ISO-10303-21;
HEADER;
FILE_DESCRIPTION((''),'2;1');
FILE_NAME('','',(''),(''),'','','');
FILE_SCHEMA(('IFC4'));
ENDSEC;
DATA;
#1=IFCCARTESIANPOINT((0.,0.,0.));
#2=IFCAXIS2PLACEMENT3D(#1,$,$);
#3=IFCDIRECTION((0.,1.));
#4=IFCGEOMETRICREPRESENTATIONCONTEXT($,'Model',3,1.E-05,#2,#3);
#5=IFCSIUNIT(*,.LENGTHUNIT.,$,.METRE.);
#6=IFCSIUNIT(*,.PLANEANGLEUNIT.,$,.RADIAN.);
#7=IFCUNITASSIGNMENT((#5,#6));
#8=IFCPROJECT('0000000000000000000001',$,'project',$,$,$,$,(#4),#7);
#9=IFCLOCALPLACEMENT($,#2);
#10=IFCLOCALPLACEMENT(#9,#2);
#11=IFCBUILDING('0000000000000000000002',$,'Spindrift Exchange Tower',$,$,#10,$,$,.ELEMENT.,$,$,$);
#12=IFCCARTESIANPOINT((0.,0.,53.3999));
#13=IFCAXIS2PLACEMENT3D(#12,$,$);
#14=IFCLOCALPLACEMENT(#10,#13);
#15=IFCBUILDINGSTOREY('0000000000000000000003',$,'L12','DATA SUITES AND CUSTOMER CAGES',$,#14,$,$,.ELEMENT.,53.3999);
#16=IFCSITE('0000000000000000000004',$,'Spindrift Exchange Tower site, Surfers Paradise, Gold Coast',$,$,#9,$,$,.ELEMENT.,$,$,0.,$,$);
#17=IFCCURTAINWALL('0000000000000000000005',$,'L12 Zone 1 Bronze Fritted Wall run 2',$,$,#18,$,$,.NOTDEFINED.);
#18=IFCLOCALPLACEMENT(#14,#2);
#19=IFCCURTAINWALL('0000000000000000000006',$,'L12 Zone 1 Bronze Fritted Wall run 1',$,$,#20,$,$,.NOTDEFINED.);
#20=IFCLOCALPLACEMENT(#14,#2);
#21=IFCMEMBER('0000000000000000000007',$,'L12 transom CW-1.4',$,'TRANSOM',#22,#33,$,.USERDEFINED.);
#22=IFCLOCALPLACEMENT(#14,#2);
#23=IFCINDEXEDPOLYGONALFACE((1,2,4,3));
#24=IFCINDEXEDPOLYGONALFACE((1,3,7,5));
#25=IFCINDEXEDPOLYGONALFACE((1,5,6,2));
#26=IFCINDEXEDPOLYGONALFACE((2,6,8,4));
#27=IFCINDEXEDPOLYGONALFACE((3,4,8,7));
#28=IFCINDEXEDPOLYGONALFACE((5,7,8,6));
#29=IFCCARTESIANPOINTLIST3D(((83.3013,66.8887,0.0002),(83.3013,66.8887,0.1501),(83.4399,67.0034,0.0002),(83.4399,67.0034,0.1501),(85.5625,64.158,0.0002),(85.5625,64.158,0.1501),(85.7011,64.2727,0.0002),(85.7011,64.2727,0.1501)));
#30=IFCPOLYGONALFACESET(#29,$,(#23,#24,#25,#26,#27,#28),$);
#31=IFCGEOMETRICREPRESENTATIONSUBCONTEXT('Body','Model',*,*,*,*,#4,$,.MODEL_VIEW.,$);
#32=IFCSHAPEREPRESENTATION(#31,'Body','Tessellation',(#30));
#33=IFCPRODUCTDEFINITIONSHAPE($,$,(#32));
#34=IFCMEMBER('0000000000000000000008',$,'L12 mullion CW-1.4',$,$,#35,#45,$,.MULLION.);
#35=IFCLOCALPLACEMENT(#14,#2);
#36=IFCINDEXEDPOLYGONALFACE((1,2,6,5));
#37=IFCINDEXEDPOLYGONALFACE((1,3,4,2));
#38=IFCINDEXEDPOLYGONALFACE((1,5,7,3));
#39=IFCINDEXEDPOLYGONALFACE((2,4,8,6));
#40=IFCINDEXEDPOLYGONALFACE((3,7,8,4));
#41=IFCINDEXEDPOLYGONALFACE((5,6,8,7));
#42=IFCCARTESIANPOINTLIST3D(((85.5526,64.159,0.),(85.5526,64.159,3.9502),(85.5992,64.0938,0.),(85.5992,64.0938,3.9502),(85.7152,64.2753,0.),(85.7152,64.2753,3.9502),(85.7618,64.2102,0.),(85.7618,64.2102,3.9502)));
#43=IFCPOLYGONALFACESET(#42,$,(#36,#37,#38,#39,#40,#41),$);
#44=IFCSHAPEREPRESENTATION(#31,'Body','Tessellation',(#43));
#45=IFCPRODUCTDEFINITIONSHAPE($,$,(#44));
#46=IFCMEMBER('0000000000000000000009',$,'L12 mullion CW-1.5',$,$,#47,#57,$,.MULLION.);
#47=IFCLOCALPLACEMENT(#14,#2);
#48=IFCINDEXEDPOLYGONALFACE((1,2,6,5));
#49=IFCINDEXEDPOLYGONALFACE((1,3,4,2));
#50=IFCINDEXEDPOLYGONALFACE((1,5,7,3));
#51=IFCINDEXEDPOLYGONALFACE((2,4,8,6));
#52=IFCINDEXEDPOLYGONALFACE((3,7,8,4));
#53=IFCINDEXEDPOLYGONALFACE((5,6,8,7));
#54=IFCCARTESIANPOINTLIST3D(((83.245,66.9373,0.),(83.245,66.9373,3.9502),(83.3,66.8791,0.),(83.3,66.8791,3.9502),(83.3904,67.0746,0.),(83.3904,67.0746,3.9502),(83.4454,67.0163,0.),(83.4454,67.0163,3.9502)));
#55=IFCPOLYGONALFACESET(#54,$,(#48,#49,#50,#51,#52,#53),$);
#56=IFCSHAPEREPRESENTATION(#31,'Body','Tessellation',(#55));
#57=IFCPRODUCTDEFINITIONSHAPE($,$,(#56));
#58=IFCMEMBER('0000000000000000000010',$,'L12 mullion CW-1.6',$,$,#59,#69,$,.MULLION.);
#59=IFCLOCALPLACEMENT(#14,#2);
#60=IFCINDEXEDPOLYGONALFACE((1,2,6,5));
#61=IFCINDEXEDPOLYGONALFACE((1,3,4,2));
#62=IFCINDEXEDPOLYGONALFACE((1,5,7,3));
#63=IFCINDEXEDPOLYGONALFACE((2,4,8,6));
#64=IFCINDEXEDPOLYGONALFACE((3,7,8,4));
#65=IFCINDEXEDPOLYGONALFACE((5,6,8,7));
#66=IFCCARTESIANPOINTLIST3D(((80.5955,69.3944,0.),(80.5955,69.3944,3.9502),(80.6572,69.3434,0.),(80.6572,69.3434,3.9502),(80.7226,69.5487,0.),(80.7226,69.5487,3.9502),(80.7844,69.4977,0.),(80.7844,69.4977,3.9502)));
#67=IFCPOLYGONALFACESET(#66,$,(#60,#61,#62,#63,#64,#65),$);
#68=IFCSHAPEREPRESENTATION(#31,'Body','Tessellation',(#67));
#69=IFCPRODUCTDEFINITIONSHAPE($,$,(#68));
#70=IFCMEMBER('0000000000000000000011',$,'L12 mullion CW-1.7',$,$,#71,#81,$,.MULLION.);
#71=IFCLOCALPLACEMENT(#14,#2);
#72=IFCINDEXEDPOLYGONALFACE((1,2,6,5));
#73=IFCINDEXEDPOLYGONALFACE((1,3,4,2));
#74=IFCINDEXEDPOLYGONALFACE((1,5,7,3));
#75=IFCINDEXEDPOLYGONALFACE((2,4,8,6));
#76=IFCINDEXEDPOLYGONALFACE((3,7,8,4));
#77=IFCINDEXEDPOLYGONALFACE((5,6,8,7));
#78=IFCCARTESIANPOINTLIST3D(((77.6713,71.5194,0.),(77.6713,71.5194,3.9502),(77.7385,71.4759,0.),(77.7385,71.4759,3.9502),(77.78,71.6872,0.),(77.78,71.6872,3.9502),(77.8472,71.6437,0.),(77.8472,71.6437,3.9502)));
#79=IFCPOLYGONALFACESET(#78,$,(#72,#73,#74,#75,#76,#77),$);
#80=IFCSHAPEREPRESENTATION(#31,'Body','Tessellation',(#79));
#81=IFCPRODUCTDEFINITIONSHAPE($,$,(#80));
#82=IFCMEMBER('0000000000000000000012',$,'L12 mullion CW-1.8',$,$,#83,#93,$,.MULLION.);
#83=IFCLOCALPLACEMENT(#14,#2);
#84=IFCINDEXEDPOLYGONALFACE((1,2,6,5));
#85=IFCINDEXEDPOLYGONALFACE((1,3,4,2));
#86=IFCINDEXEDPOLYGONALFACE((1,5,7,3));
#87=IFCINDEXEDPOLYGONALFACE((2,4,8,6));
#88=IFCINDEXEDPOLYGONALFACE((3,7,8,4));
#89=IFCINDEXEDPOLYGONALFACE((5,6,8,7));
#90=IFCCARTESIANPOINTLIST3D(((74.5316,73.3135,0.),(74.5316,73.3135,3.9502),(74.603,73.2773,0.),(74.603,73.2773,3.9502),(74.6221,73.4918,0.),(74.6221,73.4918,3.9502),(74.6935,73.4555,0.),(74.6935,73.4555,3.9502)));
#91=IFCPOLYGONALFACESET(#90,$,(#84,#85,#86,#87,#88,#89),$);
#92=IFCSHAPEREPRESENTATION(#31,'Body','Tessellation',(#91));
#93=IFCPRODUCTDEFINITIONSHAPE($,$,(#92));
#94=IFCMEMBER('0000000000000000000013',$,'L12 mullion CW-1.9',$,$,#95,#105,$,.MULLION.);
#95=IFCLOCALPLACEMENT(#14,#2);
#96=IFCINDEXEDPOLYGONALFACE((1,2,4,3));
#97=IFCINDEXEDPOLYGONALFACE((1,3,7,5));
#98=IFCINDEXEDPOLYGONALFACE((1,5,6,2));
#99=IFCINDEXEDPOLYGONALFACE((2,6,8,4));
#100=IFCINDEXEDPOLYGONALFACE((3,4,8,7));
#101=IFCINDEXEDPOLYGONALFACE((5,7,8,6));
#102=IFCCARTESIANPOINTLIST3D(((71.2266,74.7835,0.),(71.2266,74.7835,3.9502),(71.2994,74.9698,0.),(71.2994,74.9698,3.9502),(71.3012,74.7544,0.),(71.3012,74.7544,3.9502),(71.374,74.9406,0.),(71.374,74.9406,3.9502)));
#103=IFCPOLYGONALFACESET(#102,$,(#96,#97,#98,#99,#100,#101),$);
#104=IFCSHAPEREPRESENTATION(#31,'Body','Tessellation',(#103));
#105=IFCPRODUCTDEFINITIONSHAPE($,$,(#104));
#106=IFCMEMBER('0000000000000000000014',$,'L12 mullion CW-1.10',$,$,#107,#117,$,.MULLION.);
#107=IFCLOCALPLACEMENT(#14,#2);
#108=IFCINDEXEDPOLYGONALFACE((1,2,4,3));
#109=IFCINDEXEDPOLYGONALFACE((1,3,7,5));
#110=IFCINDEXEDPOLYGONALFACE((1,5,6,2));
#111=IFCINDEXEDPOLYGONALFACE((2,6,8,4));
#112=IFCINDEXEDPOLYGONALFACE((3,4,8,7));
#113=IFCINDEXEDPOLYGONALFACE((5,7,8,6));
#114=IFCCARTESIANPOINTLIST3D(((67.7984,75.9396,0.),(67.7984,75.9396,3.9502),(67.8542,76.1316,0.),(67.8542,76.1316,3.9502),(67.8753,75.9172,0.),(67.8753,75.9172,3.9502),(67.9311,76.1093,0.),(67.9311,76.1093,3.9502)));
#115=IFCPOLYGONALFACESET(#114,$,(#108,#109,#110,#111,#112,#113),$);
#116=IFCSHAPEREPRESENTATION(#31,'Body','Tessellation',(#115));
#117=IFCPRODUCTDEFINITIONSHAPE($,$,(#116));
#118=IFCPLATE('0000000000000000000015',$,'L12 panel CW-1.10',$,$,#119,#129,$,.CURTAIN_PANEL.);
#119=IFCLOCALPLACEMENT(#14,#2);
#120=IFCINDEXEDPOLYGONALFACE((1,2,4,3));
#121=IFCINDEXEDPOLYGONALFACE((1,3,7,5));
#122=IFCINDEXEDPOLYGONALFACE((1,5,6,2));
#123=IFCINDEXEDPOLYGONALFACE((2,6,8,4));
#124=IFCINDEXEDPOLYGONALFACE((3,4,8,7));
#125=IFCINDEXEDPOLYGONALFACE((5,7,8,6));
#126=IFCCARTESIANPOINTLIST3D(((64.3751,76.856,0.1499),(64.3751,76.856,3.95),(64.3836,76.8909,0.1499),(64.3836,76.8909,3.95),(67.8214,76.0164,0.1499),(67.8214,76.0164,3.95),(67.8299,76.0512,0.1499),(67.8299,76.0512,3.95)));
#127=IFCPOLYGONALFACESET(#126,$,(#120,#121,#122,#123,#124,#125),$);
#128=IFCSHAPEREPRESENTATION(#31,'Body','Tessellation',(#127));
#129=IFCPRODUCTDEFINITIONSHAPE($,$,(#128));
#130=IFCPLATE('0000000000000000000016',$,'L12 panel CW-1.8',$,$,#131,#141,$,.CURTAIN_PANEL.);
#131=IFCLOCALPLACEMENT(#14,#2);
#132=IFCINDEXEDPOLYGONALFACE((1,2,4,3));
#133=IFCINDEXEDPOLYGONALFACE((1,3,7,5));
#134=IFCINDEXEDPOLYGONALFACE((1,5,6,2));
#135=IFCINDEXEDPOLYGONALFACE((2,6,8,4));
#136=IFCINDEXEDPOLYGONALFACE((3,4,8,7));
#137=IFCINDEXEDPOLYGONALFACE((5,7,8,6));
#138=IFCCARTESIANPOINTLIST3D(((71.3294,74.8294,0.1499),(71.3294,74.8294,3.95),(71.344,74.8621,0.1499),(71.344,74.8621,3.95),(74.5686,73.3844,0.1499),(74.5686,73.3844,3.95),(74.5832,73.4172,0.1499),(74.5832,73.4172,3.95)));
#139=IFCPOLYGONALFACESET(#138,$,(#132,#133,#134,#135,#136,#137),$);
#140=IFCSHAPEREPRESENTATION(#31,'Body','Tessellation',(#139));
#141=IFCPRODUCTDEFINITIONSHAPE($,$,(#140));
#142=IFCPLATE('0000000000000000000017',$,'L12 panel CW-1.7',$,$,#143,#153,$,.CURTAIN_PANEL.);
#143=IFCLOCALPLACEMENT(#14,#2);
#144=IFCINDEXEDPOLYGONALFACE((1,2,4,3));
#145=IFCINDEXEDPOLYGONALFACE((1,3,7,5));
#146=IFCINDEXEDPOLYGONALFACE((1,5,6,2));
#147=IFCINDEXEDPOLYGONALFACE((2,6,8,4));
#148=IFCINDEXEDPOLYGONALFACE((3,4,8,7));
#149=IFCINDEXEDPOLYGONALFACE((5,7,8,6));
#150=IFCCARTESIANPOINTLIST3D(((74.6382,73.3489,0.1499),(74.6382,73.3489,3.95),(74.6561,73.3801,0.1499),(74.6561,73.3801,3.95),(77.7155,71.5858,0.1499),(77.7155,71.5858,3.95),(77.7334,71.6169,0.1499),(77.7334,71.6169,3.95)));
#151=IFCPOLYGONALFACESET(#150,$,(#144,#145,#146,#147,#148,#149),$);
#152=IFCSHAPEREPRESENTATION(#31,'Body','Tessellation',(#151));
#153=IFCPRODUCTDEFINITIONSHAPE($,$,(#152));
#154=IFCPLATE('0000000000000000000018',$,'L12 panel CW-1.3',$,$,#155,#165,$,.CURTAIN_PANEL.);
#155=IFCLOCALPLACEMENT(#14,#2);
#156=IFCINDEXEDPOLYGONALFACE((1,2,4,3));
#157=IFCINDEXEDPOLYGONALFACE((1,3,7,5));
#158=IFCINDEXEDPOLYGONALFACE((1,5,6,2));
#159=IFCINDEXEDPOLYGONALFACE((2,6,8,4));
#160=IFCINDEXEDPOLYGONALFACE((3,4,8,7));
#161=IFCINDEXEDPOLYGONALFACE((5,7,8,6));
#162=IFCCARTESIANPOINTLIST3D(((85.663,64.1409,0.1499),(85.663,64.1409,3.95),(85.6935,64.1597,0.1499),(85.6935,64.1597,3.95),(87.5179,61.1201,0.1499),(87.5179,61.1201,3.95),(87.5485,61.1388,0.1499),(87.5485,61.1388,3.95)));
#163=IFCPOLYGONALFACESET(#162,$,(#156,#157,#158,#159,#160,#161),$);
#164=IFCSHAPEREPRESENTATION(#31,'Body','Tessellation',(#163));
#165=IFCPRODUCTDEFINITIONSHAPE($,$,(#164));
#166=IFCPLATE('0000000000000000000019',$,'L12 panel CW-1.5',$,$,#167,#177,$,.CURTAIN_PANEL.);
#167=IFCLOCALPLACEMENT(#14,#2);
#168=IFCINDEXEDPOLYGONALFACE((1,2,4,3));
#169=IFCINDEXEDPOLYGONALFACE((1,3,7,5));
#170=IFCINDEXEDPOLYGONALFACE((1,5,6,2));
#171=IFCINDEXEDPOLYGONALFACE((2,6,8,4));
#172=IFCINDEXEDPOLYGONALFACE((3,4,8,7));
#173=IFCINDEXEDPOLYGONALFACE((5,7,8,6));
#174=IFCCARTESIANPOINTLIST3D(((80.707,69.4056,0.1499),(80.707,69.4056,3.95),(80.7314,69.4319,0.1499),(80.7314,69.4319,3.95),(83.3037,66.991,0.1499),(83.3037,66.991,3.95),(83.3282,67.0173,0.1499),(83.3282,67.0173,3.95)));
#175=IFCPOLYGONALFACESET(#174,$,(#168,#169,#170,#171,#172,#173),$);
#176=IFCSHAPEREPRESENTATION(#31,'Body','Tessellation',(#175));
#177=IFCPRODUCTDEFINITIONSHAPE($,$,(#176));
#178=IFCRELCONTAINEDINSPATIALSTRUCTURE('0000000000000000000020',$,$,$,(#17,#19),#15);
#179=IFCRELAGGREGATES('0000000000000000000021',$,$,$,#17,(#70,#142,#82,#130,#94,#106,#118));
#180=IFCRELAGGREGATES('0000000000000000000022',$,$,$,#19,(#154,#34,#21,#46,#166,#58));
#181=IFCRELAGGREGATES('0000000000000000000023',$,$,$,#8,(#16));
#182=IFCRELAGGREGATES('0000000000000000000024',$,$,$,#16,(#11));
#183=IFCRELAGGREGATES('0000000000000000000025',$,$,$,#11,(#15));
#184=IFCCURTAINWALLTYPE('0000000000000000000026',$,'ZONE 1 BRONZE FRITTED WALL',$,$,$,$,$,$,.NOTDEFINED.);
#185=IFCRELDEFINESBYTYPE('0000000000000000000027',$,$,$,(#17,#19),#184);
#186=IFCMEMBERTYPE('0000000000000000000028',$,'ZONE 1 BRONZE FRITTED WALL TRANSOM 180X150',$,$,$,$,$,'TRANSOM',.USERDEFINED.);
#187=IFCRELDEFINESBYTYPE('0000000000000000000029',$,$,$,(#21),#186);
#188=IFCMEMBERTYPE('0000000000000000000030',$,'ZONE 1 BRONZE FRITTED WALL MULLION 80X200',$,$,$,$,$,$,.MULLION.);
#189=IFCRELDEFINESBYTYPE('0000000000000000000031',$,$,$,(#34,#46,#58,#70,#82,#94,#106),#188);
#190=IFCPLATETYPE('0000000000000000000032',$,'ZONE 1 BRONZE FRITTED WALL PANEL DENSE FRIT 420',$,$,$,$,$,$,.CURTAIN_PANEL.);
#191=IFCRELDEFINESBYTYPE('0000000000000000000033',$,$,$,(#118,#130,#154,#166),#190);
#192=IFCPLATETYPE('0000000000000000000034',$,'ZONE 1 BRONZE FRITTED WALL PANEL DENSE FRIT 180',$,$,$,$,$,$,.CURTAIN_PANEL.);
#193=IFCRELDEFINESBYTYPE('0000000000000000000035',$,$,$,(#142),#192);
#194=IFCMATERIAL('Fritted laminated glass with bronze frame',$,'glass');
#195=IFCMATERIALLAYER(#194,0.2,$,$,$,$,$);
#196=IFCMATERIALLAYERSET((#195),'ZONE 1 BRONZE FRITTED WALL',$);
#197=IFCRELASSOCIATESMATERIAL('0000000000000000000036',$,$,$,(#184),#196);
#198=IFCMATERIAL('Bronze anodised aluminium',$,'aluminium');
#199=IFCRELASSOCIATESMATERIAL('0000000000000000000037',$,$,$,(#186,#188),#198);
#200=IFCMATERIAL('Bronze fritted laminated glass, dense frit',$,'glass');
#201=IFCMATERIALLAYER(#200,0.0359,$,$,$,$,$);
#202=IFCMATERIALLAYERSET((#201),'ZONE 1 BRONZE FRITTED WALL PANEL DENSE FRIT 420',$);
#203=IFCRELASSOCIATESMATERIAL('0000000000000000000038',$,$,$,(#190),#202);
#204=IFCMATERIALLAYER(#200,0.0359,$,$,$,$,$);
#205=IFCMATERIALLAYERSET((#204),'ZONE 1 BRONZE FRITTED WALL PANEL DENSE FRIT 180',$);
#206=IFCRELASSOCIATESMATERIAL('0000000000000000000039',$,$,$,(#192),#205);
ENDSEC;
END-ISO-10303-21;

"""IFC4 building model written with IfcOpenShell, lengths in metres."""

from ifc_helpers import new_model, si_unit, direction, frame, origin, origin_2d, place, context, subcontext, project, spatial, rectangle, extrude, source, transform, mapped, material, layer, layer_set, material_profile, profile_set, type_object, element, aggregate, save


model = new_model("IFC4")

# Units and contexts
model_context = context("Model", 3, precision=1e-05, world=origin(), true_north=direction((0.0, 1.0)))
body_context = subcontext(model_context, "Body", "Model", "MODEL_VIEW")
ifc_project = project(units=[si_unit("LENGTHUNIT", "METRE"), si_unit("PLANEANGLEUNIT", "RADIAN")], contexts=[model_context])

# Site, building, storey
site_placement = place(None, origin())
site = spatial("IfcSite", under=ifc_project, at=site_placement, Name="Spindrift Exchange Tower site, Surfers Paradise, Gold Coast", CompositionType="ELEMENT", RefElevation=0.0)
building_placement = place(site_placement, origin())
building = spatial("IfcBuilding", under=site, at=building_placement, Name="Spindrift Exchange Tower", CompositionType="ELEMENT")
storey_placement = place(building_placement, frame((0.0, 0.0, 53.3999)))
storey = spatial("IfcBuildingStorey", under=building, at=storey_placement, Name="L12", Description="DATA SUITES AND CUSTOMER CAGES", CompositionType="ELEMENT", Elevation=53.3999)

# Curtain wall
ifc_material_1 = material(Name="Fritted laminated glass with bronze frame", Category="glass")
ifc_layer_1 = layer(ifc_material_1, 0.2)
ifc_layer_set_1 = layer_set([ifc_layer_1], Name="ZONE 1 BRONZE FRITTED WALL")
curtain_wall_type = type_object("IfcCurtainWallType", Name="ZONE 1 BRONZE FRITTED WALL", PredefinedType="NOTDEFINED", material=ifc_layer_set_1)
curtain_wall_1_placement = place(storey_placement, origin())
curtain_wall_1 = element("IfcCurtainWall", 1, at=curtain_wall_1_placement, inside=storey, type_object=curtain_wall_type, Name="L12 Zone 1 Bronze Fritted Wall run 2", PredefinedType="NOTDEFINED")
ifc_material_2 = material(Name="Bronze anodised aluminium", Category="aluminium")
ifc_material_profile_1 = material_profile(ifc_material_2, rectangle(XDim=0.1799, YDim=0.1499, at=origin_2d()), Name="ZONE 1 BRONZE FRITTED WALL TRANSOM 180X150")
ifc_profile_set_1 = profile_set([ifc_material_profile_1], Name="Bronze anodised aluminium")
member_type_1 = type_object("IfcMemberType", Name="ZONE 1 BRONZE FRITTED WALL TRANSOM 180X150", ElementType="TRANSOM", PredefinedType="USERDEFINED", material=ifc_profile_set_1)

# Curtain wall
curtain_wall_2_placement = place(storey_placement, origin())
curtain_wall_2 = element("IfcCurtainWall", 2, at=curtain_wall_2_placement, inside=storey, type_object=curtain_wall_type, Name="L12 Zone 1 Bronze Fritted Wall run 1", PredefinedType="NOTDEFINED")

# Members
shared_shape_1 = source(origin(), body_context, "Body", "SweptSolid", [
    extrude(rectangle(XDim=0.1799, YDim=0.1499, at=origin_2d()), origin(), (0.0, 0.0, 1.0), 3.5454),
])
member_1_placement = place(storey_placement, frame((85.6318, 64.2153, 0.0752), z_axis=(-0.63779, 0.77021, 0.0), x_axis=(-0.77021, -0.63779, 0.0)))
member_1 = element("IfcMember", 3, at=member_1_placement, type_object=member_type_1, Name="L12 transom CW-1.4", ObjectType="TRANSOM", PredefinedType="USERDEFINED", context=body_context, shape_type="MappedRepresentation", body=[
    mapped(shared_shape_1, transform((0.0, 0.0, 0.0), scale=1.0)),
])
ifc_material_profile_2 = material_profile(ifc_material_2, rectangle(XDim=0.0801, YDim=0.2, at=origin_2d()), Name="ZONE 1 BRONZE FRITTED WALL MULLION 80X200")
ifc_profile_set_2 = profile_set([ifc_material_profile_2], Name="Bronze anodised aluminium")
member_type_2 = type_object("IfcMemberType", Name="ZONE 1 BRONZE FRITTED WALL MULLION 80X200", PredefinedType="MULLION", material=ifc_profile_set_2)
shared_shape_2 = source(origin(), body_context, "Body", "SweptSolid", [
    extrude(rectangle(XDim=0.0801, YDim=0.2, at=origin_2d()), origin(), (0.0, 0.0, 1.0), 3.9502),
])
member_2_placement = place(storey_placement, frame((85.6572, 64.1846, 0.0), z_axis=(0.0, 0.0, 1.0), x_axis=(-0.581952, 0.813223, 0.0)))
member_2 = element("IfcMember", 4, at=member_2_placement, type_object=member_type_2, Name="L12 mullion CW-1.4", PredefinedType="MULLION", context=body_context, shape_type="MappedRepresentation", body=[
    mapped(shared_shape_2, transform((0.0, 0.0, 0.0), scale=1.0)),
])
member_3_placement = place(storey_placement, frame((83.3452, 66.9768, 0.0), z_axis=(0.0, 0.0, 1.0), x_axis=(-0.686489, 0.72714, 0.0)))
member_3 = element("IfcMember", 5, at=member_3_placement, type_object=member_type_2, Name="L12 mullion CW-1.5", PredefinedType="MULLION", context=body_context, shape_type="MappedRepresentation", body=[
    mapped(shared_shape_2, transform((0.0, 0.0, 0.0), scale=1.0)),
])
member_4_placement = place(storey_placement, frame((80.6899, 69.446, 0.0), z_axis=(0.0, 0.0, 1.0), x_axis=(-0.771626, 0.636077, 0.0)))
member_4 = element("IfcMember", 6, at=member_4_placement, type_object=member_type_2, Name="L12 mullion CW-1.6", PredefinedType="MULLION", context=body_context, shape_type="MappedRepresentation", body=[
    mapped(shared_shape_2, transform((0.0, 0.0, 0.0), scale=1.0)),
])
member_5_placement = place(storey_placement, frame((77.7593, 71.5815, 0.0), z_axis=(0.0, 0.0, 1.0), x_axis=(-0.839187, 0.543844, 0.0)))
member_5 = element("IfcMember", 7, at=member_5_placement, type_object=member_type_2, Name="L12 mullion CW-1.7", PredefinedType="MULLION", context=body_context, shape_type="MappedRepresentation", body=[
    mapped(shared_shape_2, transform((0.0, 0.0, 0.0), scale=1.0)),
])
member_6_placement = place(storey_placement, frame((74.6125, 73.3845, 0.0), z_axis=(0.0, 0.0, 1.0), x_axis=(-0.891596, 0.452833, 0.0)))
member_6 = element("IfcMember", 8, at=member_6_placement, type_object=member_type_2, Name="L12 mullion CW-1.8", PredefinedType="MULLION", context=body_context, shape_type="MappedRepresentation", body=[
    mapped(shared_shape_2, transform((0.0, 0.0, 0.0), scale=1.0)),
])
member_7_placement = place(storey_placement, frame((71.3003, 74.8621, 0.0), z_axis=(0.0, 0.0, 1.0), x_axis=(-0.931268, 0.364335, 0.0)))
member_7 = element("IfcMember", 9, at=member_7_placement, type_object=member_type_2, Name="L12 mullion CW-1.9", PredefinedType="MULLION", context=body_context, shape_type="MappedRepresentation", body=[
    mapped(shared_shape_2, transform((0.0, 0.0, 0.0), scale=1.0)),
])
member_8_placement = place(storey_placement, frame((67.8647, 76.0244, 0.0), z_axis=(0.0, 0.0, 1.0), x_axis=(-0.960329, 0.278868, 0.0)))
member_8 = element("IfcMember", 10, at=member_8_placement, type_object=member_type_2, Name="L12 mullion CW-1.10", PredefinedType="MULLION", context=body_context, shape_type="MappedRepresentation", body=[
    mapped(shared_shape_2, transform((0.0, 0.0, 0.0), scale=1.0)),
])

# Plates
ifc_material_3 = material(Name="Bronze fritted laminated glass, dense frit", Category="glass")
ifc_layer_2 = layer(ifc_material_3, 0.0359)
ifc_layer_set_2 = layer_set([ifc_layer_2], Name="ZONE 1 BRONZE FRITTED WALL PANEL DENSE FRIT 420")
plate_type_1 = type_object("IfcPlateType", Name="ZONE 1 BRONZE FRITTED WALL PANEL DENSE FRIT 420", PredefinedType="CURTAIN_PANEL", material=ifc_layer_set_2)
shared_shape_3 = source(origin(), body_context, "Body", "SweptSolid", [
    extrude(rectangle(XDim=3.5471, YDim=0.0359, at=origin_2d()), origin(), (0.0, 0.0, 1.0), 3.8),
])
plate_1_placement = place(storey_placement, frame((66.1025, 76.4536, 0.1499), z_axis=(0.0, 0.0, 1.0), x_axis=(-0.97158, 0.236713, 0.0)))
plate_1 = element("IfcPlate", 11, at=plate_1_placement, type_object=plate_type_1, Name="L12 panel CW-1.10", PredefinedType="CURTAIN_PANEL", context=body_context, shape_type="MappedRepresentation", body=[
    mapped(shared_shape_3, transform((0.0, 0.0, 0.0), scale=1.0)),
])
shared_shape_4 = source(origin(), body_context, "Body", "SweptSolid", [
    extrude(rectangle(XDim=3.5469, YDim=0.0359, at=origin_2d()), origin(), (0.0, 0.0, 1.0), 3.8),
])
plate_2_placement = place(storey_placement, frame((72.9563, 74.1233, 0.1499), z_axis=(0.0, 0.0, 1.0), x_axis=(-0.913257, 0.407384, 0.0)))
plate_2 = element("IfcPlate", 12, at=plate_2_placement, type_object=plate_type_1, Name="L12 panel CW-1.8", PredefinedType="CURTAIN_PANEL", context=body_context, shape_type="MappedRepresentation", body=[
    mapped(shared_shape_4, transform((0.0, 0.0, 0.0), scale=1.0)),
])
ifc_layer_3 = layer(ifc_material_3, 0.0359)
ifc_layer_set_3 = layer_set([ifc_layer_3], Name="ZONE 1 BRONZE FRITTED WALL PANEL DENSE FRIT 180")
plate_type_2 = type_object("IfcPlateType", Name="ZONE 1 BRONZE FRITTED WALL PANEL DENSE FRIT 180", PredefinedType="CURTAIN_PANEL", material=ifc_layer_set_3)
shared_shape_5 = source(origin(), body_context, "Body", "SweptSolid", [
    extrude(rectangle(XDim=3.5466, YDim=0.0359, at=origin_2d()), origin(), (0.0, 0.0, 1.0), 3.8),
])
plate_3_placement = place(storey_placement, frame((76.1858, 72.4829, 0.1499), z_axis=(0.0, 0.0, 1.0), x_axis=(-0.867674, 0.497133, 0.0)))
plate_3 = element("IfcPlate", 13, at=plate_3_placement, type_object=plate_type_2, Name="L12 panel CW-1.7", PredefinedType="CURTAIN_PANEL", context=body_context, shape_type="MappedRepresentation", body=[
    mapped(shared_shape_5, transform((0.0, 0.0, 0.0), scale=1.0)),
])
shared_shape_6 = source(origin(), body_context, "Body", "SweptSolid", [
    extrude(rectangle(XDim=3.5449, YDim=0.0359, at=origin_2d()), origin(), (0.0, 0.0, 1.0), 3.8),
])
plate_4_placement = place(storey_placement, frame((86.6057, 62.6399, 0.1499), z_axis=(0.0, 0.0, 1.0), x_axis=(-0.52326, 0.852173, 0.0)))
plate_4 = element("IfcPlate", 14, at=plate_4_placement, type_object=plate_type_1, Name="L12 panel CW-1.3", PredefinedType="CURTAIN_PANEL", context=body_context, shape_type="MappedRepresentation", body=[
    mapped(shared_shape_6, transform((0.0, 0.0, 0.0), scale=1.0)),
])
shared_shape_7 = source(origin(), body_context, "Body", "SweptSolid", [
    extrude(rectangle(XDim=3.5459, YDim=0.0359, at=origin_2d()), origin(), (0.0, 0.0, 1.0), 3.8),
])
plate_5_placement = place(storey_placement, frame((82.0176, 68.2114, 0.1499), z_axis=(0.0, 0.0, 1.0), x_axis=(-0.732317, 0.680964, 0.0)))
plate_5 = element("IfcPlate", 15, at=plate_5_placement, type_object=plate_type_1, Name="L12 panel CW-1.5", PredefinedType="CURTAIN_PANEL", context=body_context, shape_type="MappedRepresentation", body=[
    mapped(shared_shape_7, transform((0.0, 0.0, 0.0), scale=1.0)),
])
aggregate(curtain_wall_1, [member_5, plate_3, member_6, plate_2, member_7, member_8, plate_1])
aggregate(curtain_wall_2, [plate_4, member_2, member_1, member_3, plate_5, member_4])

save(model, "model.ifc")
